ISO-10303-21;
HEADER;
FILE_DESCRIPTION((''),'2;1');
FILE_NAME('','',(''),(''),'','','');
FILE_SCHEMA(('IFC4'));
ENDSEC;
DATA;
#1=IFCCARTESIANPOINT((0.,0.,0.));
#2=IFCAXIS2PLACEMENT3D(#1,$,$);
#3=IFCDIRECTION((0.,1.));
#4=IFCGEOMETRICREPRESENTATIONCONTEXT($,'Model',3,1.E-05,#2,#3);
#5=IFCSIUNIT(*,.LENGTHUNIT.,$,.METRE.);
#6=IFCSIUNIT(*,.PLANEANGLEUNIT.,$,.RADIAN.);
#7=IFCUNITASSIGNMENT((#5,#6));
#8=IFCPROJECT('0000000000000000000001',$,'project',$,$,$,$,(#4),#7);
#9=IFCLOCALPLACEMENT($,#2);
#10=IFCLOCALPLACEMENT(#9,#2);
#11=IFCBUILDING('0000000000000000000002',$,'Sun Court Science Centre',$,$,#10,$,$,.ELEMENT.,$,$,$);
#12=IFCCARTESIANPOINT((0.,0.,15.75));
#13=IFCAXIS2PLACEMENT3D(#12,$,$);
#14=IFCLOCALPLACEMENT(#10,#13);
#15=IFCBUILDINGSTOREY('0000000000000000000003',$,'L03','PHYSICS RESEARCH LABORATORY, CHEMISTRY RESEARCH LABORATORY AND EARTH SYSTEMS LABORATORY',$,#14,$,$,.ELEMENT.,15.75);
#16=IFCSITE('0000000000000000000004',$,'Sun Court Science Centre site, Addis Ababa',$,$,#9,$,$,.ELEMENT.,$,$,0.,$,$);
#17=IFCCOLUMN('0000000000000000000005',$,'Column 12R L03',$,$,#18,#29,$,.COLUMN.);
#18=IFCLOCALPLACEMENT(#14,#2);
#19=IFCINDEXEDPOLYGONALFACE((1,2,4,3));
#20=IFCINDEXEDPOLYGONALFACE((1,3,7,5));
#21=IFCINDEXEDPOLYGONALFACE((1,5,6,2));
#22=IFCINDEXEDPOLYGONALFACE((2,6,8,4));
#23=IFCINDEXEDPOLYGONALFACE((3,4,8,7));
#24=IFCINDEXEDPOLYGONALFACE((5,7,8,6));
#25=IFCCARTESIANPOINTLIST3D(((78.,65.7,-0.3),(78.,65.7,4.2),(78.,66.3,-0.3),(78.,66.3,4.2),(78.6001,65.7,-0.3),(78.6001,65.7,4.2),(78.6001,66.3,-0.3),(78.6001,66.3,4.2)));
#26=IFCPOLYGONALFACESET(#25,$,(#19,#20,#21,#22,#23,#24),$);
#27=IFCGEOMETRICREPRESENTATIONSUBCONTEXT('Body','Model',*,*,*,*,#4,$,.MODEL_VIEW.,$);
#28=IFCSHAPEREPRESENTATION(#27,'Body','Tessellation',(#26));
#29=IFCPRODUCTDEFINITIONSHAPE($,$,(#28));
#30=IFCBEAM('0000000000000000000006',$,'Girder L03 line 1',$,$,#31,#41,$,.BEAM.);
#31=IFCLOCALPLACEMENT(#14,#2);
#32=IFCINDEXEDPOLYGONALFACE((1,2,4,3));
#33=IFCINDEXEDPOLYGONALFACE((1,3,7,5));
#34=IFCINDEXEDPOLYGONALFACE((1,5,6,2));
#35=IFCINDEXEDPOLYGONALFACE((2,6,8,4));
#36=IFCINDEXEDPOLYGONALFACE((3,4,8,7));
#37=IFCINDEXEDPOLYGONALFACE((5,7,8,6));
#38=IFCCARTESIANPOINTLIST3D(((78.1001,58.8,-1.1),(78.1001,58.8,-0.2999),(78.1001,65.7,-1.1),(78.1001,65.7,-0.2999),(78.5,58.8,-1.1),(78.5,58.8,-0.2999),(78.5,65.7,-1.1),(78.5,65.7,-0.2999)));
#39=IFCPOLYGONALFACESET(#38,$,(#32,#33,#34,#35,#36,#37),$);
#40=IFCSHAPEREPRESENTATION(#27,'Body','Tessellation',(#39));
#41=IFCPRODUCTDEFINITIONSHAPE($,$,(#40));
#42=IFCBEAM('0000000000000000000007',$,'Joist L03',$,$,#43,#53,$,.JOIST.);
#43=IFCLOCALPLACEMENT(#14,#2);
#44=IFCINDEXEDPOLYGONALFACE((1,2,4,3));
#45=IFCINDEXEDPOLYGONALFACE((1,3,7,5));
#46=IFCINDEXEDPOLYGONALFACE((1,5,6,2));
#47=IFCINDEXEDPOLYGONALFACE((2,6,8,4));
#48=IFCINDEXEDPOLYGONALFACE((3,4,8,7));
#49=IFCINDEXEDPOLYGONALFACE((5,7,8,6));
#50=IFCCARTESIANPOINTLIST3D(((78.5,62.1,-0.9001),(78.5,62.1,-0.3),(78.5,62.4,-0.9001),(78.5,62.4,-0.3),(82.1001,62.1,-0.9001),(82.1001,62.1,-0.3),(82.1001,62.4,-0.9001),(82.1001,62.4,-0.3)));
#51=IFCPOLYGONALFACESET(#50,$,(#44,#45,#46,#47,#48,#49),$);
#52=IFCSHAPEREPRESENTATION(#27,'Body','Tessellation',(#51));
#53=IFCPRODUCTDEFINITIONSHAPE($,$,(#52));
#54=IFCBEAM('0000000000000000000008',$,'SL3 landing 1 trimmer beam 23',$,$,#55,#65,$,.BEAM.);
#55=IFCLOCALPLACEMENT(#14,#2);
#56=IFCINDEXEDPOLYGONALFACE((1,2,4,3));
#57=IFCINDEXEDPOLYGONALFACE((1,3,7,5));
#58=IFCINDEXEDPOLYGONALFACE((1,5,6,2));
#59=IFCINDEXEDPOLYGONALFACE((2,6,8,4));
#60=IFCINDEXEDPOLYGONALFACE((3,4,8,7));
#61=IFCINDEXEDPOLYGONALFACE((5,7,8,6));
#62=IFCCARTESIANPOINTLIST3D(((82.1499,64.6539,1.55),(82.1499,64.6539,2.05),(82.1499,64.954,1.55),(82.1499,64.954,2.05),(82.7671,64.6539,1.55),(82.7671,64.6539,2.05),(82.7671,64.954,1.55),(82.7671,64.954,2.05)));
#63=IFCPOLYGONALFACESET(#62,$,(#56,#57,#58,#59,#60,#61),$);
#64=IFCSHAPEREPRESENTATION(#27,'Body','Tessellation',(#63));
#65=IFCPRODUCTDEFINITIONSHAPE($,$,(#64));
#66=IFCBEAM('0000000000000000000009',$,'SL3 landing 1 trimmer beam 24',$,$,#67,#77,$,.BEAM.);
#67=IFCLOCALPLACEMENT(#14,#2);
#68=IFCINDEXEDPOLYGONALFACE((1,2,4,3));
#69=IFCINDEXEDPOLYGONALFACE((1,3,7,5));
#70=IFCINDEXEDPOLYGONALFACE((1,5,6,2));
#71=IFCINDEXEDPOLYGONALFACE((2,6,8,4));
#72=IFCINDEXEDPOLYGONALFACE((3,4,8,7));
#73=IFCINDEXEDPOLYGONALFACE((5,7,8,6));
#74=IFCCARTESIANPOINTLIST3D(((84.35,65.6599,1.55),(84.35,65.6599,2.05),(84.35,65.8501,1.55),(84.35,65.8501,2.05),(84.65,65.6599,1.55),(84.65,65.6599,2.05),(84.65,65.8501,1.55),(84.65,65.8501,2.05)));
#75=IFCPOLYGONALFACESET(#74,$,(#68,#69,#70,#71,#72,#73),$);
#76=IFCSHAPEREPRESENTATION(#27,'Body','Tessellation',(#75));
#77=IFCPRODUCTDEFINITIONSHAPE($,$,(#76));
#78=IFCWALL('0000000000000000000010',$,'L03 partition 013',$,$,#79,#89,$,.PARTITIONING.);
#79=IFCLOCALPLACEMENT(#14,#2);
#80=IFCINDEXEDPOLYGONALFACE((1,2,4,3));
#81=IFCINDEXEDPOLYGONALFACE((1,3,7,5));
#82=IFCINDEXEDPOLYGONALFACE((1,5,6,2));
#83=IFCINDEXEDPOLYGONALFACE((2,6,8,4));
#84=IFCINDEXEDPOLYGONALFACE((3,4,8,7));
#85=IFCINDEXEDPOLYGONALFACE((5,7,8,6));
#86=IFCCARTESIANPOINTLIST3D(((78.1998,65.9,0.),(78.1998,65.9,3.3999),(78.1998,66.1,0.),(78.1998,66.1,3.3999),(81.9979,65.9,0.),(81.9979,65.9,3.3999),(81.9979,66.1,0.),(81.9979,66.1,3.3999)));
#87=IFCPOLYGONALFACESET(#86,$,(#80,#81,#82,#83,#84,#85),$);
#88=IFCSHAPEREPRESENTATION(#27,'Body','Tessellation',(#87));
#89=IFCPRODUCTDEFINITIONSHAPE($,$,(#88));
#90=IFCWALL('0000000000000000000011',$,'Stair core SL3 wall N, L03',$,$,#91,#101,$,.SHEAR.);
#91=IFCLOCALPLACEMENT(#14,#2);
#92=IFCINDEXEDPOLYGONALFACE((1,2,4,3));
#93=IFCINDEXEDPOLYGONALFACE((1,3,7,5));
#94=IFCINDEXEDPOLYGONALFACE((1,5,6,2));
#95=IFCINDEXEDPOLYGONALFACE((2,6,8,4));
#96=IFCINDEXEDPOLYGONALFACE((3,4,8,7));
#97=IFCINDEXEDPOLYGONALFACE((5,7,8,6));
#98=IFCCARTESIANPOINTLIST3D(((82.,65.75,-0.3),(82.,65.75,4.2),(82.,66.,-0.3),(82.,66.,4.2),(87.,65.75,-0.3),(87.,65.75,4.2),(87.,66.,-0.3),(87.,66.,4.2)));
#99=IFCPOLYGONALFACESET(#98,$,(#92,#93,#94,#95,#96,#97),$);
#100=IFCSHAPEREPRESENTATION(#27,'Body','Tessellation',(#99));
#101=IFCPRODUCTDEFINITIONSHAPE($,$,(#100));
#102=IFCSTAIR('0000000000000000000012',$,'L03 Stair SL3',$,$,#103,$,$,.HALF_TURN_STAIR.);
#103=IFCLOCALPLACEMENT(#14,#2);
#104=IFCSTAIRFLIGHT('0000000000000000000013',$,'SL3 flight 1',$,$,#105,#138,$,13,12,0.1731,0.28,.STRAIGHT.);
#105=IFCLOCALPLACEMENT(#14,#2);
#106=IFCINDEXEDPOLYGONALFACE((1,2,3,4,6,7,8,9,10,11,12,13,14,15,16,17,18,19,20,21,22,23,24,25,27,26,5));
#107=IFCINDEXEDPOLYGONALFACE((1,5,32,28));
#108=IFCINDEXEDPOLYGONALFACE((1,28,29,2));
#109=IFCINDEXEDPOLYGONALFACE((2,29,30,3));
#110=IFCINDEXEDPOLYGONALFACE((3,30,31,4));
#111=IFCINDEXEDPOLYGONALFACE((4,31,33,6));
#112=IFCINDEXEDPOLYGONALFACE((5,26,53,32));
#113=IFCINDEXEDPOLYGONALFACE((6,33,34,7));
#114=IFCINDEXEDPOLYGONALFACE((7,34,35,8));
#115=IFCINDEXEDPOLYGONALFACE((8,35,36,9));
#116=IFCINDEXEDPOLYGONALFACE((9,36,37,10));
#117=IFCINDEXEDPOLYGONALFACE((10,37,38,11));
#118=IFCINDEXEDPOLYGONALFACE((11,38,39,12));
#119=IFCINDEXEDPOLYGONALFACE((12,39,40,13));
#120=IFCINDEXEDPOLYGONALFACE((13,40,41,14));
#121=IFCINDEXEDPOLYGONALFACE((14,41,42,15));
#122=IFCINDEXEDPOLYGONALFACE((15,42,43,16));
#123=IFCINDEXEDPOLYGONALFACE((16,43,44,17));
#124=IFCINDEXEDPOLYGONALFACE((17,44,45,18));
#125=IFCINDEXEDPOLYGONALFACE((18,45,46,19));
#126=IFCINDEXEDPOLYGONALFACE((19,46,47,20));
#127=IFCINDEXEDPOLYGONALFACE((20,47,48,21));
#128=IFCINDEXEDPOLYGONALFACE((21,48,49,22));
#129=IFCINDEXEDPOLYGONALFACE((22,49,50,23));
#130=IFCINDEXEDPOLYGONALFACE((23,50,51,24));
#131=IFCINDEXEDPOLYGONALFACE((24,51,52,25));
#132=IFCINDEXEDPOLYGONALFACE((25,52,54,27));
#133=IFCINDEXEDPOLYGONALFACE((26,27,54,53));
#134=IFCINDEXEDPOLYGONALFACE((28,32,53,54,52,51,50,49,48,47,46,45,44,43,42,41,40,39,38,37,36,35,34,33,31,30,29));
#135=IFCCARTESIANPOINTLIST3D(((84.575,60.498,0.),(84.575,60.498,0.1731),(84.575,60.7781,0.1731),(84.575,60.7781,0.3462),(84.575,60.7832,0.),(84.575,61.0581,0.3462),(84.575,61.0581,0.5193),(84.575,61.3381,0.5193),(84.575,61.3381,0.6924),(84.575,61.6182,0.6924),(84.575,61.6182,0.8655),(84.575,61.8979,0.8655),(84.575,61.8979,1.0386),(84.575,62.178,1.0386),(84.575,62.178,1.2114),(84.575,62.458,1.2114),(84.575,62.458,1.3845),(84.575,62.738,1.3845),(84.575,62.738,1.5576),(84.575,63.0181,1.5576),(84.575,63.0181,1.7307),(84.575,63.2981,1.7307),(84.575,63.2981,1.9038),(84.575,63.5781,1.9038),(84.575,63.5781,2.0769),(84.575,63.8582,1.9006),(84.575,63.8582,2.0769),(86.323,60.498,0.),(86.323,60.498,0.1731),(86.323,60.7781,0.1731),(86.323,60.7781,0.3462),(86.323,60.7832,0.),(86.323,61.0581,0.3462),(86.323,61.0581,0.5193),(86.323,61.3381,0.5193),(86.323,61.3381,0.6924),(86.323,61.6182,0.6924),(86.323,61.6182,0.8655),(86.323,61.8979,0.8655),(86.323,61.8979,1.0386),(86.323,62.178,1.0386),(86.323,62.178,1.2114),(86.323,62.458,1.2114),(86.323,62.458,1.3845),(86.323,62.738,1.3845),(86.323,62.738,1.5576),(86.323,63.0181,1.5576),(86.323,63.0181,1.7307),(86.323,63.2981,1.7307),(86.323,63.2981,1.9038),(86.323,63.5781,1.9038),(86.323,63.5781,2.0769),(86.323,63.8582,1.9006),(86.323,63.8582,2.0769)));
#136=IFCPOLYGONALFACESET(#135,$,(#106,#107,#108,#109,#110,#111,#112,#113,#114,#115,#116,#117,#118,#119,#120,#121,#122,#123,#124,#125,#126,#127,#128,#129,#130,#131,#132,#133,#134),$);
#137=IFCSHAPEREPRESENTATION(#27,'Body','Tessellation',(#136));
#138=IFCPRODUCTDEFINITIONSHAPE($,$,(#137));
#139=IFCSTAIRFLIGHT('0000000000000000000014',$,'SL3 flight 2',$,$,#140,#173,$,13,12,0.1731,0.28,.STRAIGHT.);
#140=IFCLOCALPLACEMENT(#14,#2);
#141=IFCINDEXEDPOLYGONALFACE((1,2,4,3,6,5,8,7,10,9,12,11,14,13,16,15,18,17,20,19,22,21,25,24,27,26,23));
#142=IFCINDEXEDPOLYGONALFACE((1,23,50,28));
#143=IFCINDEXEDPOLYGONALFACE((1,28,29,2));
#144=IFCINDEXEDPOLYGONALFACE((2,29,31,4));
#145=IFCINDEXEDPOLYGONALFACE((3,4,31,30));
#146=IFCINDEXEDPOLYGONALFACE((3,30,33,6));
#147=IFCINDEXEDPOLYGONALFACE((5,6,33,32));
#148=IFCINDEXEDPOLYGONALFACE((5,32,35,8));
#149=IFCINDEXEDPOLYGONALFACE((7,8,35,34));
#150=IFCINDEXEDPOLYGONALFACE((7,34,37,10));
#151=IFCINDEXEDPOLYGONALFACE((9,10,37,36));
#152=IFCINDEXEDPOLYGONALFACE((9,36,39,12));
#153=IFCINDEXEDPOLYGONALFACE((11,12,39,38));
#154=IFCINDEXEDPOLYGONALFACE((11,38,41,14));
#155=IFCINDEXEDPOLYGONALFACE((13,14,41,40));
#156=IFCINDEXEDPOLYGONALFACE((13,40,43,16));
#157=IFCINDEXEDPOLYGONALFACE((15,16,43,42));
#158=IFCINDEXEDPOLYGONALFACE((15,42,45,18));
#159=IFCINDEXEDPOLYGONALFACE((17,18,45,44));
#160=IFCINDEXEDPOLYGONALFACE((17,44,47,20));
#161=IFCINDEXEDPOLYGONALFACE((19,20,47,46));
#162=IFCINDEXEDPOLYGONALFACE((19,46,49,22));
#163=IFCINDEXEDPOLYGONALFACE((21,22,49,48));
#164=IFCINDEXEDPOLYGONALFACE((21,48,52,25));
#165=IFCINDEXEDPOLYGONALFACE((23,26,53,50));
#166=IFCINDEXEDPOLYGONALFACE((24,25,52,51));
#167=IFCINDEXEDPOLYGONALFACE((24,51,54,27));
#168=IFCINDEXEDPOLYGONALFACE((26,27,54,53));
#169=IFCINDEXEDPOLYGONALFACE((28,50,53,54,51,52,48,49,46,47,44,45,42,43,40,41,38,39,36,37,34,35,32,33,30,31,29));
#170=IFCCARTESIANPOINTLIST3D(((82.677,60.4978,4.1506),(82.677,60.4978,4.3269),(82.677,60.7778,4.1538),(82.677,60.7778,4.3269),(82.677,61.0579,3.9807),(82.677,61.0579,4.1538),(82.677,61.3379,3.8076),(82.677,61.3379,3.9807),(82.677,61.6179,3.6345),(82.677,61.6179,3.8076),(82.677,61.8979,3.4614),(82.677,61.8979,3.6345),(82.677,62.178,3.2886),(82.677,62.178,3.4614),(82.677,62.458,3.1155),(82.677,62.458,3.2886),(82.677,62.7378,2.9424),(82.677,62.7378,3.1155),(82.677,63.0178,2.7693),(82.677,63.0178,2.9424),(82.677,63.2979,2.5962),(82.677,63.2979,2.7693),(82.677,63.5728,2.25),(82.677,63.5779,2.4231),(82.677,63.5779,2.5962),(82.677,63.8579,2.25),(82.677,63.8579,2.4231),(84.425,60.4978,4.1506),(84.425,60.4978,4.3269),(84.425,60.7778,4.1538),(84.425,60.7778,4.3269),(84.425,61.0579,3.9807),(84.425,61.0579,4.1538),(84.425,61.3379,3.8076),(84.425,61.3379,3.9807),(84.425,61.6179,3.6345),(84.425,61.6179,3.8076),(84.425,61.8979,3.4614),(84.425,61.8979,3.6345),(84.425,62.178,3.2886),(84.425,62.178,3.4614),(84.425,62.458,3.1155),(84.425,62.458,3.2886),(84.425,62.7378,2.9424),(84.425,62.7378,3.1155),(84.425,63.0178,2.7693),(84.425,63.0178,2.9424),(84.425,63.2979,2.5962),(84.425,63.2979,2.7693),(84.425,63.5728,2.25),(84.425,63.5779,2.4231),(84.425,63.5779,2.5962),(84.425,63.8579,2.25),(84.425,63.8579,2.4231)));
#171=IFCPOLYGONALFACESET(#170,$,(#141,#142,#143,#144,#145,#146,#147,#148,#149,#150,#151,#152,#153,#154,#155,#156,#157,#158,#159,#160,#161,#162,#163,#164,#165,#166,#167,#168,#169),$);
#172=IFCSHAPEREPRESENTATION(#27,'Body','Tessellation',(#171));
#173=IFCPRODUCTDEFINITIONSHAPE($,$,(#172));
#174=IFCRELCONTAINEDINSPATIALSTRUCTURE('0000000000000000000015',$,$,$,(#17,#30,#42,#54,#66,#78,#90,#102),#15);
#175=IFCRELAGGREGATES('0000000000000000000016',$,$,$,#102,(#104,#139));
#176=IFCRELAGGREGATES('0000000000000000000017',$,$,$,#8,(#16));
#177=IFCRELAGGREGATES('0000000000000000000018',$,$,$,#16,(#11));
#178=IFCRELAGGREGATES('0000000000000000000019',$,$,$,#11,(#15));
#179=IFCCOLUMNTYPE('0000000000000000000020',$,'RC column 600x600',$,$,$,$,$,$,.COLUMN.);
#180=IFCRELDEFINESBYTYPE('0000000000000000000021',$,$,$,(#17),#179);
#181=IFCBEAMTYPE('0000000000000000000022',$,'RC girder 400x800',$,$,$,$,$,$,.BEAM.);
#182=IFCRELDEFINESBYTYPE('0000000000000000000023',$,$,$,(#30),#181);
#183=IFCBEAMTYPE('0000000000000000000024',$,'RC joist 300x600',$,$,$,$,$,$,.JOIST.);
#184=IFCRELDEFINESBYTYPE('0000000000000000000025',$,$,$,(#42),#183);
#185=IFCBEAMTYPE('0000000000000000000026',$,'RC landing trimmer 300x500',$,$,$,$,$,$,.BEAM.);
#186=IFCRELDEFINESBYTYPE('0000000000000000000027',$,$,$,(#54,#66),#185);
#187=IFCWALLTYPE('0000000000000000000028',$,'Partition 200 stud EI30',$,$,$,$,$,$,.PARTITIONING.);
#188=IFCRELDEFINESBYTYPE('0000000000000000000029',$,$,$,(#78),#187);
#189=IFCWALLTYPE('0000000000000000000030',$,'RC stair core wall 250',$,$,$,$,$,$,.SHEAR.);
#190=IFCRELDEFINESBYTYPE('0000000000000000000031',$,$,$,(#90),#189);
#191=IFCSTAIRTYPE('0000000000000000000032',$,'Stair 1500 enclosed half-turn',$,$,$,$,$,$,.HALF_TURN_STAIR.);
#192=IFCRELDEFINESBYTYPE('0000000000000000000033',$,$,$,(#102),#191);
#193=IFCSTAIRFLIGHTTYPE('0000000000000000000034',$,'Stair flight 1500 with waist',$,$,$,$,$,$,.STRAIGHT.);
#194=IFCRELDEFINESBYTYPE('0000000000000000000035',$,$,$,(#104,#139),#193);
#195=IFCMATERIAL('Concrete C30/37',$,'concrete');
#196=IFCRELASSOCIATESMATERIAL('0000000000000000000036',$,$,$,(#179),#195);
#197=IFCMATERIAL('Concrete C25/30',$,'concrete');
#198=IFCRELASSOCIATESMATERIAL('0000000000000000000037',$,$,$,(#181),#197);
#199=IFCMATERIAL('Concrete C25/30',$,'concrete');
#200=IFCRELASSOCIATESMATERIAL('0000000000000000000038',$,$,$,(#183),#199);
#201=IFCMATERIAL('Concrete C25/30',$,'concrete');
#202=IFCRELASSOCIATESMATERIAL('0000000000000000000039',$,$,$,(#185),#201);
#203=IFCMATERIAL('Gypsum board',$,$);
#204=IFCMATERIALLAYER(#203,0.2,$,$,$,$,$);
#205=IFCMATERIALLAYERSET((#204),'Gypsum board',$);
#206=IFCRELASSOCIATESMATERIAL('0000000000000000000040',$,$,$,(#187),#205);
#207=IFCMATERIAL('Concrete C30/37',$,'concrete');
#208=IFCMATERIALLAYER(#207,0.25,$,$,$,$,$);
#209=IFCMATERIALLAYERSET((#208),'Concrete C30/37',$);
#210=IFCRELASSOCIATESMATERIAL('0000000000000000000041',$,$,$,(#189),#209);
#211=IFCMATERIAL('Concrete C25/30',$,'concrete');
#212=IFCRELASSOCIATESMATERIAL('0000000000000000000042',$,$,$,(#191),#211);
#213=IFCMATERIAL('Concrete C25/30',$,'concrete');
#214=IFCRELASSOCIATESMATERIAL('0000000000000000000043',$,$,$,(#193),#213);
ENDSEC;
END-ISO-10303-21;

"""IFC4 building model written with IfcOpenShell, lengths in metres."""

from ifc_helpers import new_model, si_unit, direction, frame, frame_2d, origin, origin_2d, place, context, subcontext, project, spatial, polyline, rectangle, outline, extrude, material, layer, layer_set, material_profile, profile_set, type_object, element, aggregate, save


model = new_model("IFC4")

# Units and contexts
model_context = context("Model", 3, precision=1e-05, world=origin(), true_north=direction((0.0, 1.0)))
body_context = subcontext(model_context, "Body", "Model", "MODEL_VIEW")
ifc_project = project(units=[si_unit("LENGTHUNIT", "METRE"), si_unit("PLANEANGLEUNIT", "RADIAN")], contexts=[model_context])

# Site, building, storey
site_placement = place(None, origin())
site = spatial("IfcSite", under=ifc_project, at=site_placement, Name="Sun Court Science Centre site, Addis Ababa", CompositionType="ELEMENT", RefElevation=0.0)
building_placement = place(site_placement, origin())
building = spatial("IfcBuilding", under=site, at=building_placement, Name="Sun Court Science Centre", CompositionType="ELEMENT")
storey_placement = place(building_placement, frame((0.0, 0.0, 15.75)))
storey = spatial("IfcBuildingStorey", under=building, at=storey_placement, Name="L03", Description="PHYSICS RESEARCH LABORATORY, CHEMISTRY RESEARCH LABORATORY AND EARTH SYSTEMS LABORATORY", CompositionType="ELEMENT", Elevation=15.75)

# Column
ifc_material_1 = material(Name="Concrete C30/37", Category="concrete")
ifc_material_profile_1 = material_profile(ifc_material_1, rectangle(XDim=0.6001, YDim=0.6001, at=origin_2d()), Name="RC 600x600")
ifc_profile_set_1 = profile_set([ifc_material_profile_1], Name="Concrete C30/37")
column_type = type_object("IfcColumnType", Name="RC column 600x600", PredefinedType="COLUMN", material=ifc_profile_set_1)
column_placement = place(storey_placement, frame((78.3, 66.0, -0.3), z_axis=(0.0, 0.0, 1.0), x_axis=(1.0, 0.0, 0.0)))
element("IfcColumn", 1, at=column_placement, inside=storey, type_object=column_type, Name="Column 12R L03", PredefinedType="COLUMN", context=body_context, shape_type="SweptSolid", body=[
    extrude(rectangle(XDim=0.6001, YDim=0.6001, at=origin_2d()), origin(), (0.0, 0.0, 1.0), 4.5),
])

# Beams
ifc_material_2 = material(Name="Concrete C25/30", Category="concrete")
ifc_material_profile_2 = material_profile(ifc_material_2, rectangle(XDim=0.3999, YDim=0.8, at=origin_2d()), Name="RC 400x800")
ifc_profile_set_2 = profile_set([ifc_material_profile_2], Name="Concrete C25/30")
beam_type_1 = type_object("IfcBeamType", Name="RC girder 400x800", PredefinedType="BEAM", material=ifc_profile_set_2)
beam_1_placement = place(storey_placement, frame((78.3, 58.8, -0.7), z_axis=(0.0, 1.0, 0.0), x_axis=(-1.0, 0.0, 0.0)))
element("IfcBeam", 2, at=beam_1_placement, inside=storey, type_object=beam_type_1, Name="Girder L03 line 1", PredefinedType="BEAM", context=body_context, shape_type="SweptSolid", body=[
    extrude(rectangle(XDim=0.3999, YDim=0.8, at=origin_2d()), origin(), (0.0, 0.0, 1.0), 6.8999),
])
ifc_material_3 = material(Name="Concrete C25/30", Category="concrete")
ifc_material_profile_3 = material_profile(ifc_material_3, rectangle(XDim=0.3, YDim=0.6001, at=origin_2d()), Name="RC 300x600")
ifc_profile_set_3 = profile_set([ifc_material_profile_3], Name="Concrete C25/30")
beam_type_2 = type_object("IfcBeamType", Name="RC joist 300x600", PredefinedType="JOIST", material=ifc_profile_set_3)
beam_2_placement = place(storey_placement, frame((78.5, 62.25, -0.6001), z_axis=(1.0, 0.0, 0.0), x_axis=(0.0, 1.0, 0.0)))
element("IfcBeam", 3, at=beam_2_placement, inside=storey, type_object=beam_type_2, Name="Joist L03", PredefinedType="JOIST", context=body_context, shape_type="SweptSolid", body=[
    extrude(rectangle(XDim=0.3, YDim=0.6001, at=origin_2d()), origin(), (0.0, 0.0, 1.0), 3.6001),
])
ifc_material_4 = material(Name="Concrete C25/30", Category="concrete")
ifc_material_profile_4 = material_profile(ifc_material_4, rectangle(XDim=0.3, YDim=0.5, at=origin_2d()), Name="RC 300x500")
ifc_profile_set_4 = profile_set([ifc_material_profile_4], Name="Concrete C25/30")
beam_type_3 = type_object("IfcBeamType", Name="RC landing trimmer 300x500", PredefinedType="BEAM", material=ifc_profile_set_4)
beam_3_placement = place(storey_placement, frame((82.1499, 64.804, 1.8), z_axis=(1.0, 0.0, 0.0), x_axis=(0.0, 1.0, 0.0)))
element("IfcBeam", 4, at=beam_3_placement, inside=storey, type_object=beam_type_3, Name="SL3 landing 1 trimmer beam 23", PredefinedType="BEAM", context=body_context, shape_type="SweptSolid", body=[
    extrude(rectangle(XDim=0.3, YDim=0.5, at=origin_2d()), origin(), (0.0, 0.0, 1.0), 0.6172),
])
beam_4_placement = place(storey_placement, frame((84.5, 65.8501, 1.8), z_axis=(0.0, -1.0, 0.0), x_axis=(1.0, 0.0, 0.0)))
element("IfcBeam", 5, at=beam_4_placement, inside=storey, type_object=beam_type_3, Name="SL3 landing 1 trimmer beam 24", PredefinedType="BEAM", context=body_context, shape_type="SweptSolid", body=[
    extrude(rectangle(XDim=0.3, YDim=0.5, at=origin_2d()), origin(), (0.0, 0.0, 1.0), 0.1902),
])

# Walls
ifc_material_5 = material(Name="Gypsum board")
ifc_layer_1 = layer(ifc_material_5, 0.2)
ifc_layer_set_1 = layer_set([ifc_layer_1], Name="Gypsum board")
wall_type_1 = type_object("IfcWallType", Name="Partition 200 stud EI30", PredefinedType="PARTITIONING", material=ifc_layer_set_1)
wall_1_placement = place(storey_placement, frame((78.2, 66.0, 0.0), z_axis=(0.0, 0.0, 1.0), x_axis=(1.0, 0.0, 0.0)))
element("IfcWall", 6, at=wall_1_placement, inside=storey, type_object=wall_type_1, Name="L03 partition 013", PredefinedType="PARTITIONING", context=body_context, shape_type="SweptSolid", body=[
    extrude(rectangle(XDim=3.7981, YDim=0.2, at=frame_2d((1.8989, 0.0))), origin(), (0.0, 0.0, 1.0), 3.3999),
])
ifc_material_6 = material(Name="Concrete C30/37", Category="concrete")
ifc_layer_2 = layer(ifc_material_6, 0.25)
ifc_layer_set_2 = layer_set([ifc_layer_2], Name="Concrete C30/37")
wall_type_2 = type_object("IfcWallType", Name="RC stair core wall 250", PredefinedType="SHEAR", material=ifc_layer_set_2)
wall_2_placement = place(storey_placement, frame((82.0, 65.875, -0.3), z_axis=(0.0, 0.0, 1.0), x_axis=(1.0, 0.0, 0.0)))
element("IfcWall", 7, at=wall_2_placement, inside=storey, type_object=wall_type_2, Name="Stair core SL3 wall N, L03", PredefinedType="SHEAR", context=body_context, shape_type="SweptSolid", body=[
    extrude(rectangle(XDim=5.0, YDim=0.25, at=frame_2d((2.5, 0.0))), origin(), (0.0, 0.0, 1.0), 4.5),
])

# Stair, stair flights
ifc_material_7 = material(Name="Concrete C25/30", Category="concrete")
stair_type = type_object("IfcStairType", Name="Stair 1500 enclosed half-turn", PredefinedType="HALF_TURN_STAIR", material=ifc_material_7)
stair_placement = place(storey_placement, origin())
stair = element("IfcStair", 8, at=stair_placement, inside=storey, type_object=stair_type, Name="L03 Stair SL3", PredefinedType="HALF_TURN_STAIR")
ifc_material_8 = material(Name="Concrete C25/30", Category="concrete")
stair_flight_type = type_object("IfcStairFlightType", Name="Stair flight 1500 with waist", PredefinedType="STRAIGHT", material=ifc_material_8)
stair_flight_1_placement = place(storey_placement, frame((85.449, 60.498, 0.0), z_axis=(0.0, 0.0, 1.0), x_axis=(0.0, 1.0, 0.0)))
stair_flight_1 = element("IfcStairFlight", 9, at=stair_flight_1_placement, type_object=stair_flight_type, Name="SL3 flight 1", NumberOfRisers=13, NumberOfTreads=12, PredefinedType="STRAIGHT", RiserHeight=0.1731, TreadLength=0.28, context=body_context, shape_type="SweptSolid", body=[
    extrude(outline(polyline([(0.0, 0.0), (0.0, 0.1731), (0.28, 0.1731), (0.28, 0.3462), (0.5601, 0.3462), (0.5601, 0.5193), (0.8401, 0.5193), (0.8401, 0.6924), (1.1201, 0.6924), (1.1201, 0.8655), (1.3999, 0.8655), (1.3999, 1.0386), (1.6799, 1.0386), (1.6799, 1.2114), (1.96, 1.2114), (1.96, 1.3845), (2.24, 1.3845), (2.24, 1.5576), (2.52, 1.5576), (2.52, 1.7307), (2.8, 1.7307), (2.8, 1.9038), (3.0801, 1.9038), (3.0801, 2.0769), (3.3601, 2.0769), (3.3601, 2.25), (3.3601, 1.9006), (0.2852, 0.0), (0.0, 0.0)])), frame((0.0, 0.874, 0.0), z_axis=(0.0, -1.0, 0.0), x_axis=(1.0, 0.0, 0.0)), (0.0, 0.0, 1.0), 1.748),
])
stair_flight_2_placement = place(storey_placement, frame((83.551, 63.8579, 2.25), z_axis=(0.0, 0.0, 1.0), x_axis=(0.0, -1.0, 0.0)))
stair_flight_2 = element("IfcStairFlight", 10, at=stair_flight_2_placement, type_object=stair_flight_type, Name="SL3 flight 2", NumberOfRisers=13, NumberOfTreads=12, PredefinedType="STRAIGHT", RiserHeight=0.1731, TreadLength=0.28, context=body_context, shape_type="SweptSolid", body=[
    extrude(outline(polyline([(0.0, 0.0), (0.0, 0.1731), (0.28, 0.1731), (0.28, 0.3462), (0.5601, 0.3462), (0.5601, 0.5193), (0.8401, 0.5193), (0.8401, 0.6924), (1.1201, 0.6924), (1.1201, 0.8655), (1.3999, 0.8655), (1.3999, 1.0386), (1.6799, 1.0386), (1.6799, 1.2114), (1.96, 1.2114), (1.96, 1.3845), (2.24, 1.3845), (2.24, 1.5576), (2.52, 1.5576), (2.52, 1.7307), (2.8, 1.7307), (2.8, 1.9038), (3.0801, 1.9038), (3.0801, 2.0769), (3.3601, 2.0769), (3.3601, 2.25), (3.3601, 1.9006), (0.2852, 0.0), (0.0, 0.0)])), frame((0.0, 0.874, 0.0), z_axis=(0.0, -1.0, 0.0), x_axis=(1.0, 0.0, 0.0)), (0.0, 0.0, 1.0), 1.748),
])
aggregate(stair, [stair_flight_1, stair_flight_2])

save(model, "model.ifc")
